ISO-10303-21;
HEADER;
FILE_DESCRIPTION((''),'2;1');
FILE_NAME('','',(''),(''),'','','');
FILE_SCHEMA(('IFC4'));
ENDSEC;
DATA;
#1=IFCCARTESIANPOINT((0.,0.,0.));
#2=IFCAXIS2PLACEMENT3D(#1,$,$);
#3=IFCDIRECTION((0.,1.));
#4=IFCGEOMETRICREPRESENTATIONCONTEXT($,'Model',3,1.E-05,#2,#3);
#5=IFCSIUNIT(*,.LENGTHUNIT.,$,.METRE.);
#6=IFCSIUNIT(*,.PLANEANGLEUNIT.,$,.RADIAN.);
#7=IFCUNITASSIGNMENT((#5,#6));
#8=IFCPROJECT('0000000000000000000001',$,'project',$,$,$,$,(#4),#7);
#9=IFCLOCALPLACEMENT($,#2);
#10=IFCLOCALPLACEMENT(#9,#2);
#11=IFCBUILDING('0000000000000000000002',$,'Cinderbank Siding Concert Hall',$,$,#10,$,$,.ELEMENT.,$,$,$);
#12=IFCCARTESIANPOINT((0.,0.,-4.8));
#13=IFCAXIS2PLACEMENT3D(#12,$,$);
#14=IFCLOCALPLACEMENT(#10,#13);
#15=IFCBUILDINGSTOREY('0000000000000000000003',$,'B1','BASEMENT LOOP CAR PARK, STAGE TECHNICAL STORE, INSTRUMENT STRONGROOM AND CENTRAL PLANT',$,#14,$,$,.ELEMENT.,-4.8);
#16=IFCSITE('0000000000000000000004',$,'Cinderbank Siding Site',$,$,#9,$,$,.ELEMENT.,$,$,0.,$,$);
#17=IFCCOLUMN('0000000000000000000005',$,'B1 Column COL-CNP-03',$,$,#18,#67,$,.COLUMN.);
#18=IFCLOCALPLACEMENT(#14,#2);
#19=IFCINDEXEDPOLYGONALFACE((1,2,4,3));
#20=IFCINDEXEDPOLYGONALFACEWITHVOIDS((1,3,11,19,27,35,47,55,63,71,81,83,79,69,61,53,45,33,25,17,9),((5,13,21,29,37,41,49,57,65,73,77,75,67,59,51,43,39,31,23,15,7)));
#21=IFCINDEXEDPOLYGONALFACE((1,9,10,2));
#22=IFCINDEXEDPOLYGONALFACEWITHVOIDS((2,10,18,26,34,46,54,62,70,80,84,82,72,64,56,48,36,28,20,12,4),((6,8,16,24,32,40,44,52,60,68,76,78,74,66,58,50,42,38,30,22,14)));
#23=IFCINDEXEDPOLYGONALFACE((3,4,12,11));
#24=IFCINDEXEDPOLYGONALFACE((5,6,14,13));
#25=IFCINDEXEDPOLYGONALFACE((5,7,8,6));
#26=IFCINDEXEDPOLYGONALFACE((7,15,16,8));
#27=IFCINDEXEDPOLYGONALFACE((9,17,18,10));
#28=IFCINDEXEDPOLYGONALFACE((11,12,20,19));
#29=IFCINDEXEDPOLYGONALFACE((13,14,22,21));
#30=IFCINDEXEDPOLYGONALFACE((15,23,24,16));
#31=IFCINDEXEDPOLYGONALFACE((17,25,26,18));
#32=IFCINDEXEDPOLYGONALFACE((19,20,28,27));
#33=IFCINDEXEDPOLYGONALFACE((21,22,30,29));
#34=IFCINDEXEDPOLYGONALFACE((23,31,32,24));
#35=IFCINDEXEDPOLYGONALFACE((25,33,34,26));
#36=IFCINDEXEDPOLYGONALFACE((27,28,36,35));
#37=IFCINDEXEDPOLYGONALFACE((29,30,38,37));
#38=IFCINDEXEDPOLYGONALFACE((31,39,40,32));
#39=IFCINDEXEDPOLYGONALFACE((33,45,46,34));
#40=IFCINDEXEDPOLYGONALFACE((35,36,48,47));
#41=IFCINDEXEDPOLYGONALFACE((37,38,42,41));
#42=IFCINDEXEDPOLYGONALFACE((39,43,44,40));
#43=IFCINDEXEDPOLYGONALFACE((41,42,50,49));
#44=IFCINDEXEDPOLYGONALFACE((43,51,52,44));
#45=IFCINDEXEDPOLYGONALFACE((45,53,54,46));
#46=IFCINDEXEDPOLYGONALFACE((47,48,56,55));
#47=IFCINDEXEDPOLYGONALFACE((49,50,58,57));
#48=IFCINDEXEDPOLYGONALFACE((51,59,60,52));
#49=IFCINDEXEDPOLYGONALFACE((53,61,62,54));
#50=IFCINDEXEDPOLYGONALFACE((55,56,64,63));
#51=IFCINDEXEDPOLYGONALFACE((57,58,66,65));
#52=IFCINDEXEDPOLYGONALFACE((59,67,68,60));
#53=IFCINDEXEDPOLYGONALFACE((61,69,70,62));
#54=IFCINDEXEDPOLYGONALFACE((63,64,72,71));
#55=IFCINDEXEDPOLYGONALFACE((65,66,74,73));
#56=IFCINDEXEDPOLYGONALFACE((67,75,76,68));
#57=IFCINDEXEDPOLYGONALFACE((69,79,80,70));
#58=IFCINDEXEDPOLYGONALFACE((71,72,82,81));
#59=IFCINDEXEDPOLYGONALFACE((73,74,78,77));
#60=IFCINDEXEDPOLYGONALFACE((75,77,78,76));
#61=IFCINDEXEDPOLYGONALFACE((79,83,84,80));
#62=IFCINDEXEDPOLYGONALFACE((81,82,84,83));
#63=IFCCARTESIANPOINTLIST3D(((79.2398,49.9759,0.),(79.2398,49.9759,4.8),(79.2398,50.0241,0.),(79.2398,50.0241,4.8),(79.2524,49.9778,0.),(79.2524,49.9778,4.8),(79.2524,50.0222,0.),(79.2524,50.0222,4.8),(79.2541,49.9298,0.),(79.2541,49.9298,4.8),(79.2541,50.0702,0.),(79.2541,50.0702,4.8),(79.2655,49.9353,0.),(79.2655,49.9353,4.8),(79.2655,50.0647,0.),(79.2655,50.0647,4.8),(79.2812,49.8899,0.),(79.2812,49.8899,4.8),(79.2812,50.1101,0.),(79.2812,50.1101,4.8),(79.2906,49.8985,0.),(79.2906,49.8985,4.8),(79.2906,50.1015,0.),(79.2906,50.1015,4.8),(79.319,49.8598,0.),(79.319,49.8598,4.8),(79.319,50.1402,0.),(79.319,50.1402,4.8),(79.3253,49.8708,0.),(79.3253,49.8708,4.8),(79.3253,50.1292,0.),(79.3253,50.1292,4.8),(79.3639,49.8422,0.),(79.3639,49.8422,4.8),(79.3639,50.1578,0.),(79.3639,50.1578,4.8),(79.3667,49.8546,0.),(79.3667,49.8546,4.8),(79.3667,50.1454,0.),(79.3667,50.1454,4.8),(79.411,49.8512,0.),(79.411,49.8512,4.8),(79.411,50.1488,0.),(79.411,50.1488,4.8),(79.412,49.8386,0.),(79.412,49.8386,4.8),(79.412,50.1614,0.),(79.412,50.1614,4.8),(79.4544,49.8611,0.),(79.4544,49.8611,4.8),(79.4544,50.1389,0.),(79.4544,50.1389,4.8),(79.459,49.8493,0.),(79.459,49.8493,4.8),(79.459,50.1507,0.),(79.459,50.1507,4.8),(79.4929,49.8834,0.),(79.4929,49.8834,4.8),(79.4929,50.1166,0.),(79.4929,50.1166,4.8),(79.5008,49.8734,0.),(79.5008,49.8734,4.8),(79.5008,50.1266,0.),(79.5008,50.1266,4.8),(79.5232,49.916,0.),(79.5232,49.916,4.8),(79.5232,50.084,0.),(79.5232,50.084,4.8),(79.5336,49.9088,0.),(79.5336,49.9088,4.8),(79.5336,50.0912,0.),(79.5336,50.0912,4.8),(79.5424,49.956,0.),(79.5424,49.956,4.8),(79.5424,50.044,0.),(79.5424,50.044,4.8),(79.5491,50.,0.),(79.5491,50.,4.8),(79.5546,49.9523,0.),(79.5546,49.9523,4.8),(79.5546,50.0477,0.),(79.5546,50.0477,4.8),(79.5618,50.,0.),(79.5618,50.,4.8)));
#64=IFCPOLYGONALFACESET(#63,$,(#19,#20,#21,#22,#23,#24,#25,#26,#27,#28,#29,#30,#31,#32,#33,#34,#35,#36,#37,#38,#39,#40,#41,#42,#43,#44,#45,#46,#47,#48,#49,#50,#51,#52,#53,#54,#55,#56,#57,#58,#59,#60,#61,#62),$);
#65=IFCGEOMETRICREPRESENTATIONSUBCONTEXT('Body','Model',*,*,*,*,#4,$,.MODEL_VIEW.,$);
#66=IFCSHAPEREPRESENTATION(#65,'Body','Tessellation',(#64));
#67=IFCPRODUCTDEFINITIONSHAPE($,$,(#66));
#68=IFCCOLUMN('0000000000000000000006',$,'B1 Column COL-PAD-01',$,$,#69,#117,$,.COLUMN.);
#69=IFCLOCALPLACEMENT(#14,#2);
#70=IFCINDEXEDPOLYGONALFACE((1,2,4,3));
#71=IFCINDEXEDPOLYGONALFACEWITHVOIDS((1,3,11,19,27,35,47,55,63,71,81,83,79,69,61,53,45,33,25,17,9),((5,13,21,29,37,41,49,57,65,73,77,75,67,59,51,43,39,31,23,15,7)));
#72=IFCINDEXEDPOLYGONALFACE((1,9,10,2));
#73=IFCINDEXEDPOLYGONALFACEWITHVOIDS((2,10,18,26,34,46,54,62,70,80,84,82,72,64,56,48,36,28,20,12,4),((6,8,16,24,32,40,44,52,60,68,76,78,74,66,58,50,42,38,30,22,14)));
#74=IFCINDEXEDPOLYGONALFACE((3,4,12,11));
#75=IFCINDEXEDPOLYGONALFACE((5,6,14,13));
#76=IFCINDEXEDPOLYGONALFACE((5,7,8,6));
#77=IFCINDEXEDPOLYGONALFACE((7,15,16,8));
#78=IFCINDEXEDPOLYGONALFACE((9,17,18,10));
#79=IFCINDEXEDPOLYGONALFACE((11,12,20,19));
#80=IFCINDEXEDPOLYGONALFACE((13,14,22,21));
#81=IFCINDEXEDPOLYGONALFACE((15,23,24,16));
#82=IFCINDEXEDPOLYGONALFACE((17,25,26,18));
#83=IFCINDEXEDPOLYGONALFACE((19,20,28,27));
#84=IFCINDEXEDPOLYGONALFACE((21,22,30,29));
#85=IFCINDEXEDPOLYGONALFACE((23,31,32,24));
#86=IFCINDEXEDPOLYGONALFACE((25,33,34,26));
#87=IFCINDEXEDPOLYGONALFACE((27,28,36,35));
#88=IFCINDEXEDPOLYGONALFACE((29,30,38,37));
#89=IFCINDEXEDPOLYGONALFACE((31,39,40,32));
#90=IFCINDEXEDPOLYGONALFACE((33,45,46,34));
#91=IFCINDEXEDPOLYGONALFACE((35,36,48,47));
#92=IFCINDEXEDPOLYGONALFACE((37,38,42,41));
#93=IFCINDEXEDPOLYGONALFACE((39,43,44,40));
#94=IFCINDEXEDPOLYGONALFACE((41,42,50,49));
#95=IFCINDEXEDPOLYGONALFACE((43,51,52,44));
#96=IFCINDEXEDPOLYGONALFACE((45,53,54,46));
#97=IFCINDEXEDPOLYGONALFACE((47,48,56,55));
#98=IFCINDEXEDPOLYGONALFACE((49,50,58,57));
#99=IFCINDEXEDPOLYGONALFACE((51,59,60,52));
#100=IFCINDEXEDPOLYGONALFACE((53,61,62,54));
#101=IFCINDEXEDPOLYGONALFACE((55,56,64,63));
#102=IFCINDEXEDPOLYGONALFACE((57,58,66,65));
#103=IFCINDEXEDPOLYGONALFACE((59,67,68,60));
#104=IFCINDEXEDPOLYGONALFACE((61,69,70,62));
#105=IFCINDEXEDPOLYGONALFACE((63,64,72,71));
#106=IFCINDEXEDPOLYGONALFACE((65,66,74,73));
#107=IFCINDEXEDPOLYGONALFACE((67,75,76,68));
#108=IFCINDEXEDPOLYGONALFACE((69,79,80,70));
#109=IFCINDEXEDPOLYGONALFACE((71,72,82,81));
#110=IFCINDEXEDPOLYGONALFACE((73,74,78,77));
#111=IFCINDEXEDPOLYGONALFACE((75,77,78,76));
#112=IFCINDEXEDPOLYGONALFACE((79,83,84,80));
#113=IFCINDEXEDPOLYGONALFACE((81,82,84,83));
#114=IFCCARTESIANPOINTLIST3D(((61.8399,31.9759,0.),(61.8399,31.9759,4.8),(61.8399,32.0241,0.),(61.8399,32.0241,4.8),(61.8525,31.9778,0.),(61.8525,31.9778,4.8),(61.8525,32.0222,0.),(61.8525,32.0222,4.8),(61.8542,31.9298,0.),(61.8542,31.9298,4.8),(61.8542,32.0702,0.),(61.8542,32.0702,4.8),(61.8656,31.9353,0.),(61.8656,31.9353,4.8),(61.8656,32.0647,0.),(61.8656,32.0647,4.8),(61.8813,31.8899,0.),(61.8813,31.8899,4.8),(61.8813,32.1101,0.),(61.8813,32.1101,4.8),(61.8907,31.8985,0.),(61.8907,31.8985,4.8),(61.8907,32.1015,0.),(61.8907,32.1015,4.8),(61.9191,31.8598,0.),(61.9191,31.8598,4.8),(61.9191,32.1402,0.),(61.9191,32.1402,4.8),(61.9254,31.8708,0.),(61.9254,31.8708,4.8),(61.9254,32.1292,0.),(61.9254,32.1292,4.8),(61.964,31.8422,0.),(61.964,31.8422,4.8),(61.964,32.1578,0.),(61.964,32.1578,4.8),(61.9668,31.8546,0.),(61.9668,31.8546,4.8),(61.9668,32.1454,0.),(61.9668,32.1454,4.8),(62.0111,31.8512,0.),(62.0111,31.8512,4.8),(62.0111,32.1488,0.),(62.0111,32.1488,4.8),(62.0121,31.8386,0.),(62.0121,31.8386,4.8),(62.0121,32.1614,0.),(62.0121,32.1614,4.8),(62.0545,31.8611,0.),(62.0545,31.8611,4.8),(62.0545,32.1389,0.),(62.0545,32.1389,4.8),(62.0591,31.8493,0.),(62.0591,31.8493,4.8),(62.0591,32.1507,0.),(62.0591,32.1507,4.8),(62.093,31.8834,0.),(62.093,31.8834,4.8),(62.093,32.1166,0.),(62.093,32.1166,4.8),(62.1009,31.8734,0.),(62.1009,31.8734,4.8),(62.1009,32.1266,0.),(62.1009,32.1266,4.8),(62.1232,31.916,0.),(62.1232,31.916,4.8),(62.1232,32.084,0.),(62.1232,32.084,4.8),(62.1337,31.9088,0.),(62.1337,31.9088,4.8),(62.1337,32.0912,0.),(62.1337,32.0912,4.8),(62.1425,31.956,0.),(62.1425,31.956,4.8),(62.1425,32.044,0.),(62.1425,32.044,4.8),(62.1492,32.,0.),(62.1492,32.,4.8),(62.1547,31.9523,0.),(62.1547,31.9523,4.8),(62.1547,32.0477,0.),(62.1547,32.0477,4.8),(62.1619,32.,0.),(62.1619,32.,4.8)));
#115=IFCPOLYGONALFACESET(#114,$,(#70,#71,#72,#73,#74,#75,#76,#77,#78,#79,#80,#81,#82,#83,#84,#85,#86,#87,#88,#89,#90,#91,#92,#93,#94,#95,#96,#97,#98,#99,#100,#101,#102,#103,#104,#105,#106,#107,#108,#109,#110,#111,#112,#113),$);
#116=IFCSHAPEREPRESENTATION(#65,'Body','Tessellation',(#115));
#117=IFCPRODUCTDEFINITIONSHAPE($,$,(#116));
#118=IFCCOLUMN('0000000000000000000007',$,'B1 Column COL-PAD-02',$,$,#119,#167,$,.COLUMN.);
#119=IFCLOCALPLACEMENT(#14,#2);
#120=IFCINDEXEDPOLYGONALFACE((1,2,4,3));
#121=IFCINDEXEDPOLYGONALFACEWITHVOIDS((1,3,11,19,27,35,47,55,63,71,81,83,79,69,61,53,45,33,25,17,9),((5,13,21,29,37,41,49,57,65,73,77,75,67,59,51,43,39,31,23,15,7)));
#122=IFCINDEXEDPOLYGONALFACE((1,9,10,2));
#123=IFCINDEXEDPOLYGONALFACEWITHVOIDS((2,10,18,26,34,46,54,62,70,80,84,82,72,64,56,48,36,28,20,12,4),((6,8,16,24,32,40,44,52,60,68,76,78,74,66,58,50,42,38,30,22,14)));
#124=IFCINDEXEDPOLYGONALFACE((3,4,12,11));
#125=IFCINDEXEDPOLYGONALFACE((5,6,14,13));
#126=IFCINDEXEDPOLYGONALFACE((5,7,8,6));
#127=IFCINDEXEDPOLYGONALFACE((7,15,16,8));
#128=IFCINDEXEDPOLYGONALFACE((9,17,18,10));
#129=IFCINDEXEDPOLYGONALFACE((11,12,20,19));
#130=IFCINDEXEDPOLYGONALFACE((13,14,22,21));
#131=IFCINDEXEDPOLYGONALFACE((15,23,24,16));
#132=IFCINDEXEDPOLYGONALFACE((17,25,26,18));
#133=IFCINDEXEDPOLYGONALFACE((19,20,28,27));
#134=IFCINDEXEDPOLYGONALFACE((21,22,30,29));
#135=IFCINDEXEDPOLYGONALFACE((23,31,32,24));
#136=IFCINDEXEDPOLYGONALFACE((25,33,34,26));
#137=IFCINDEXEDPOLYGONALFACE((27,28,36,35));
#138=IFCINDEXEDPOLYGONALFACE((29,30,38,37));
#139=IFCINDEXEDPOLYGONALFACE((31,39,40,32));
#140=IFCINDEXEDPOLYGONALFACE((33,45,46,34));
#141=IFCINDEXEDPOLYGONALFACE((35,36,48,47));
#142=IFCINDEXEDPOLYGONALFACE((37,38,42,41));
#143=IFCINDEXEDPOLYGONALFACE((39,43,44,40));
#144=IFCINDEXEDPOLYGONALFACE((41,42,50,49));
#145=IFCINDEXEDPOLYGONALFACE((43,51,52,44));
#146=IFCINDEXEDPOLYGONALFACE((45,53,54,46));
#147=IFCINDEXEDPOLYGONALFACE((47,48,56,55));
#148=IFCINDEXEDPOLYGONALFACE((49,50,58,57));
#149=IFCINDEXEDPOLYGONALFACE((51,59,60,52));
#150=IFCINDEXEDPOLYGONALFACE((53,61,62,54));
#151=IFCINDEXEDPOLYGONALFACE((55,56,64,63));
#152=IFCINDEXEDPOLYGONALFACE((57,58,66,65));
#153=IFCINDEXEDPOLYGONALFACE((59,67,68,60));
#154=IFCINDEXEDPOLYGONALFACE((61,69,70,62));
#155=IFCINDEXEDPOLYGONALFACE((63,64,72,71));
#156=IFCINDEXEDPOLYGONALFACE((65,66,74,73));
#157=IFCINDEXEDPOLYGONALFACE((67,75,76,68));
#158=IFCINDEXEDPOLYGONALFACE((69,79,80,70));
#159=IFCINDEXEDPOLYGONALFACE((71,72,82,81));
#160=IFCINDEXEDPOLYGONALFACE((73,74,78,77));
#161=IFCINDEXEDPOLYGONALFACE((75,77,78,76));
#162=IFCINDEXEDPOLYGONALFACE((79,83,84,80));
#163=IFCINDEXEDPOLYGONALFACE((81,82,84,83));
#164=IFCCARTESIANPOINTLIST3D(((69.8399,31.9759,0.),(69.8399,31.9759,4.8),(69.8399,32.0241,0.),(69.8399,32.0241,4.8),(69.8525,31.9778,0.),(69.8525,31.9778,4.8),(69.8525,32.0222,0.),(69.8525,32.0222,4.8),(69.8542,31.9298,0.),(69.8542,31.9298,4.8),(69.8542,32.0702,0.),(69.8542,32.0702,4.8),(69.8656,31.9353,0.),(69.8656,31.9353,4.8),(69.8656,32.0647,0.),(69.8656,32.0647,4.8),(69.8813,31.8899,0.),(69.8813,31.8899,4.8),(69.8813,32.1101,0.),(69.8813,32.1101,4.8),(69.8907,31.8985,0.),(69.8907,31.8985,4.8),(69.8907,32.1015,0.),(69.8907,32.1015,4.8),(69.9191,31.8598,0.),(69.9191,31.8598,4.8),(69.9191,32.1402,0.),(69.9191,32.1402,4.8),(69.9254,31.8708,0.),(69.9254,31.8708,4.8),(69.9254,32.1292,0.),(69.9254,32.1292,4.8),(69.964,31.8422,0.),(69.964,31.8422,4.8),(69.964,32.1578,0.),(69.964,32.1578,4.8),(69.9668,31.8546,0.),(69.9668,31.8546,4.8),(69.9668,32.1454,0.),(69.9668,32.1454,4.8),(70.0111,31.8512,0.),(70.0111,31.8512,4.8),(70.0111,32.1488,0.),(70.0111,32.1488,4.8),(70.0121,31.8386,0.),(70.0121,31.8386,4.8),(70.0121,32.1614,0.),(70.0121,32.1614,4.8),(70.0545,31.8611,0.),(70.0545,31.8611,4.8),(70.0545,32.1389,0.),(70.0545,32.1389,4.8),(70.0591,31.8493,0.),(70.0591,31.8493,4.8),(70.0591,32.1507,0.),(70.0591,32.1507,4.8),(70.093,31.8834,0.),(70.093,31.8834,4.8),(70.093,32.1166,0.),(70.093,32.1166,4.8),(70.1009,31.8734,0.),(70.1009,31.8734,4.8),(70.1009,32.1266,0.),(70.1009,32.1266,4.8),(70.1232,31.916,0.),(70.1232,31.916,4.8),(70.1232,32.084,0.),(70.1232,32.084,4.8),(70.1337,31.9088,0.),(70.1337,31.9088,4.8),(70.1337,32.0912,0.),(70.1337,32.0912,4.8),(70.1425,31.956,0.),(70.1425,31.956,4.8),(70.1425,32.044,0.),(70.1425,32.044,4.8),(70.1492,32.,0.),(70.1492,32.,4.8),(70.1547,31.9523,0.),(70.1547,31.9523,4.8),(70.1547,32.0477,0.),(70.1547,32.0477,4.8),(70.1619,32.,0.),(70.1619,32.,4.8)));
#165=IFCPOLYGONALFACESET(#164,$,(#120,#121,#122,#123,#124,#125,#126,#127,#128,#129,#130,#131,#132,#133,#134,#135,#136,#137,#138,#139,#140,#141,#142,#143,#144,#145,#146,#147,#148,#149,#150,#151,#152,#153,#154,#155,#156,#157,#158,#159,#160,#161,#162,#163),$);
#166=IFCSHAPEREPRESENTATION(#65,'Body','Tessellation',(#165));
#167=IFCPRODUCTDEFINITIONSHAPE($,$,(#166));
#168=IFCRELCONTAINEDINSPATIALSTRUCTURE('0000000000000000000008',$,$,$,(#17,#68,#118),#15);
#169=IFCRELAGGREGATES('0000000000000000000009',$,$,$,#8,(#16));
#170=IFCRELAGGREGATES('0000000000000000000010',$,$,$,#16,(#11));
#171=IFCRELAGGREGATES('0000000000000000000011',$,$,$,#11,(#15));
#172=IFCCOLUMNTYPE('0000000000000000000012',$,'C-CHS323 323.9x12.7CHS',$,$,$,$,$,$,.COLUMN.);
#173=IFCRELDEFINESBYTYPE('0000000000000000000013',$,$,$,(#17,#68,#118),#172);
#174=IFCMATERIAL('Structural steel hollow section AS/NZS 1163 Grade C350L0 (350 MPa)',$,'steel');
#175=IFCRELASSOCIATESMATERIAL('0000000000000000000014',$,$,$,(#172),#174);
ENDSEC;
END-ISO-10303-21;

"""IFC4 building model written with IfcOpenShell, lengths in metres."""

from ifc_helpers import new_model, si_unit, direction, frame, origin, origin_2d, place, context, subcontext, project, spatial, hollow_circle, extrude, material, material_profile, profile_set, type_object, element, save


model = new_model("IFC4")

# Units and contexts
model_context = context("Model", 3, precision=1e-05, world=origin(), true_north=direction((0.0, 1.0)))
body_context = subcontext(model_context, "Body", "Model", "MODEL_VIEW")
ifc_project = project(units=[si_unit("LENGTHUNIT", "METRE"), si_unit("PLANEANGLEUNIT", "RADIAN")], contexts=[model_context])

# Site, building, storey
site_placement = place(None, origin())
site = spatial("IfcSite", under=ifc_project, at=site_placement, Name="Cinderbank Siding Site", CompositionType="ELEMENT", RefElevation=0.0)
building_placement = place(site_placement, origin())
building = spatial("IfcBuilding", under=site, at=building_placement, Name="Cinderbank Siding Concert Hall", CompositionType="ELEMENT")
storey_placement = place(building_placement, frame((0.0, 0.0, -4.8)))
storey = spatial("IfcBuildingStorey", under=building, at=storey_placement, Name="B1", Description="BASEMENT LOOP CAR PARK, STAGE TECHNICAL STORE, INSTRUMENT STRONGROOM AND CENTRAL PLANT", CompositionType="ELEMENT", Elevation=-4.8)

# Columns
ifc_material_1 = material(Name="Structural steel hollow section AS/NZS 1163 Grade C350L0 (350 MPa)", Category="steel")
ifc_material_profile_1 = material_profile(ifc_material_1, hollow_circle(Radius=0.1619, WallThickness=0.0127, at=origin_2d()), Name="323.9x12.7CHS", Category="LoadBearing")
ifc_profile_set_1 = profile_set([ifc_material_profile_1], Name="Structural steel hollow section AS/NZS 1163 Grade C350L0 (350 MPa)")
column_type = type_object("IfcColumnType", Name="C-CHS323 323.9x12.7CHS", PredefinedType="COLUMN", material=ifc_profile_set_1)
for number, where, z_axis, x_axis, name in (
    (1, (79.3999, 50.0, 0.0), (0.0, 0.0, 1.0), (1.0, 0.0, 0.0), "B1 Column COL-CNP-03"),
    (2, (62.0, 32.0, 0.0), (0.0, 0.0, 1.0), (1.0, 0.0, 0.0), "B1 Column COL-PAD-01"),
    (3, (70.0, 32.0, 0.0), (0.0, 0.0, 1.0), (1.0, 0.0, 0.0), "B1 Column COL-PAD-02"),
):
    element("IfcColumn", number, at=place(storey_placement, frame(where, z_axis=z_axis, x_axis=x_axis)), inside=storey, type_object=column_type, Name=name, PredefinedType="COLUMN", context=body_context, shape_type="SweptSolid", body=[
        extrude(hollow_circle(Radius=0.1619, WallThickness=0.0127, at=origin_2d()), origin(), (0.0, 0.0, 1.0), 4.8),
    ])

save(model, "model.ifc")
